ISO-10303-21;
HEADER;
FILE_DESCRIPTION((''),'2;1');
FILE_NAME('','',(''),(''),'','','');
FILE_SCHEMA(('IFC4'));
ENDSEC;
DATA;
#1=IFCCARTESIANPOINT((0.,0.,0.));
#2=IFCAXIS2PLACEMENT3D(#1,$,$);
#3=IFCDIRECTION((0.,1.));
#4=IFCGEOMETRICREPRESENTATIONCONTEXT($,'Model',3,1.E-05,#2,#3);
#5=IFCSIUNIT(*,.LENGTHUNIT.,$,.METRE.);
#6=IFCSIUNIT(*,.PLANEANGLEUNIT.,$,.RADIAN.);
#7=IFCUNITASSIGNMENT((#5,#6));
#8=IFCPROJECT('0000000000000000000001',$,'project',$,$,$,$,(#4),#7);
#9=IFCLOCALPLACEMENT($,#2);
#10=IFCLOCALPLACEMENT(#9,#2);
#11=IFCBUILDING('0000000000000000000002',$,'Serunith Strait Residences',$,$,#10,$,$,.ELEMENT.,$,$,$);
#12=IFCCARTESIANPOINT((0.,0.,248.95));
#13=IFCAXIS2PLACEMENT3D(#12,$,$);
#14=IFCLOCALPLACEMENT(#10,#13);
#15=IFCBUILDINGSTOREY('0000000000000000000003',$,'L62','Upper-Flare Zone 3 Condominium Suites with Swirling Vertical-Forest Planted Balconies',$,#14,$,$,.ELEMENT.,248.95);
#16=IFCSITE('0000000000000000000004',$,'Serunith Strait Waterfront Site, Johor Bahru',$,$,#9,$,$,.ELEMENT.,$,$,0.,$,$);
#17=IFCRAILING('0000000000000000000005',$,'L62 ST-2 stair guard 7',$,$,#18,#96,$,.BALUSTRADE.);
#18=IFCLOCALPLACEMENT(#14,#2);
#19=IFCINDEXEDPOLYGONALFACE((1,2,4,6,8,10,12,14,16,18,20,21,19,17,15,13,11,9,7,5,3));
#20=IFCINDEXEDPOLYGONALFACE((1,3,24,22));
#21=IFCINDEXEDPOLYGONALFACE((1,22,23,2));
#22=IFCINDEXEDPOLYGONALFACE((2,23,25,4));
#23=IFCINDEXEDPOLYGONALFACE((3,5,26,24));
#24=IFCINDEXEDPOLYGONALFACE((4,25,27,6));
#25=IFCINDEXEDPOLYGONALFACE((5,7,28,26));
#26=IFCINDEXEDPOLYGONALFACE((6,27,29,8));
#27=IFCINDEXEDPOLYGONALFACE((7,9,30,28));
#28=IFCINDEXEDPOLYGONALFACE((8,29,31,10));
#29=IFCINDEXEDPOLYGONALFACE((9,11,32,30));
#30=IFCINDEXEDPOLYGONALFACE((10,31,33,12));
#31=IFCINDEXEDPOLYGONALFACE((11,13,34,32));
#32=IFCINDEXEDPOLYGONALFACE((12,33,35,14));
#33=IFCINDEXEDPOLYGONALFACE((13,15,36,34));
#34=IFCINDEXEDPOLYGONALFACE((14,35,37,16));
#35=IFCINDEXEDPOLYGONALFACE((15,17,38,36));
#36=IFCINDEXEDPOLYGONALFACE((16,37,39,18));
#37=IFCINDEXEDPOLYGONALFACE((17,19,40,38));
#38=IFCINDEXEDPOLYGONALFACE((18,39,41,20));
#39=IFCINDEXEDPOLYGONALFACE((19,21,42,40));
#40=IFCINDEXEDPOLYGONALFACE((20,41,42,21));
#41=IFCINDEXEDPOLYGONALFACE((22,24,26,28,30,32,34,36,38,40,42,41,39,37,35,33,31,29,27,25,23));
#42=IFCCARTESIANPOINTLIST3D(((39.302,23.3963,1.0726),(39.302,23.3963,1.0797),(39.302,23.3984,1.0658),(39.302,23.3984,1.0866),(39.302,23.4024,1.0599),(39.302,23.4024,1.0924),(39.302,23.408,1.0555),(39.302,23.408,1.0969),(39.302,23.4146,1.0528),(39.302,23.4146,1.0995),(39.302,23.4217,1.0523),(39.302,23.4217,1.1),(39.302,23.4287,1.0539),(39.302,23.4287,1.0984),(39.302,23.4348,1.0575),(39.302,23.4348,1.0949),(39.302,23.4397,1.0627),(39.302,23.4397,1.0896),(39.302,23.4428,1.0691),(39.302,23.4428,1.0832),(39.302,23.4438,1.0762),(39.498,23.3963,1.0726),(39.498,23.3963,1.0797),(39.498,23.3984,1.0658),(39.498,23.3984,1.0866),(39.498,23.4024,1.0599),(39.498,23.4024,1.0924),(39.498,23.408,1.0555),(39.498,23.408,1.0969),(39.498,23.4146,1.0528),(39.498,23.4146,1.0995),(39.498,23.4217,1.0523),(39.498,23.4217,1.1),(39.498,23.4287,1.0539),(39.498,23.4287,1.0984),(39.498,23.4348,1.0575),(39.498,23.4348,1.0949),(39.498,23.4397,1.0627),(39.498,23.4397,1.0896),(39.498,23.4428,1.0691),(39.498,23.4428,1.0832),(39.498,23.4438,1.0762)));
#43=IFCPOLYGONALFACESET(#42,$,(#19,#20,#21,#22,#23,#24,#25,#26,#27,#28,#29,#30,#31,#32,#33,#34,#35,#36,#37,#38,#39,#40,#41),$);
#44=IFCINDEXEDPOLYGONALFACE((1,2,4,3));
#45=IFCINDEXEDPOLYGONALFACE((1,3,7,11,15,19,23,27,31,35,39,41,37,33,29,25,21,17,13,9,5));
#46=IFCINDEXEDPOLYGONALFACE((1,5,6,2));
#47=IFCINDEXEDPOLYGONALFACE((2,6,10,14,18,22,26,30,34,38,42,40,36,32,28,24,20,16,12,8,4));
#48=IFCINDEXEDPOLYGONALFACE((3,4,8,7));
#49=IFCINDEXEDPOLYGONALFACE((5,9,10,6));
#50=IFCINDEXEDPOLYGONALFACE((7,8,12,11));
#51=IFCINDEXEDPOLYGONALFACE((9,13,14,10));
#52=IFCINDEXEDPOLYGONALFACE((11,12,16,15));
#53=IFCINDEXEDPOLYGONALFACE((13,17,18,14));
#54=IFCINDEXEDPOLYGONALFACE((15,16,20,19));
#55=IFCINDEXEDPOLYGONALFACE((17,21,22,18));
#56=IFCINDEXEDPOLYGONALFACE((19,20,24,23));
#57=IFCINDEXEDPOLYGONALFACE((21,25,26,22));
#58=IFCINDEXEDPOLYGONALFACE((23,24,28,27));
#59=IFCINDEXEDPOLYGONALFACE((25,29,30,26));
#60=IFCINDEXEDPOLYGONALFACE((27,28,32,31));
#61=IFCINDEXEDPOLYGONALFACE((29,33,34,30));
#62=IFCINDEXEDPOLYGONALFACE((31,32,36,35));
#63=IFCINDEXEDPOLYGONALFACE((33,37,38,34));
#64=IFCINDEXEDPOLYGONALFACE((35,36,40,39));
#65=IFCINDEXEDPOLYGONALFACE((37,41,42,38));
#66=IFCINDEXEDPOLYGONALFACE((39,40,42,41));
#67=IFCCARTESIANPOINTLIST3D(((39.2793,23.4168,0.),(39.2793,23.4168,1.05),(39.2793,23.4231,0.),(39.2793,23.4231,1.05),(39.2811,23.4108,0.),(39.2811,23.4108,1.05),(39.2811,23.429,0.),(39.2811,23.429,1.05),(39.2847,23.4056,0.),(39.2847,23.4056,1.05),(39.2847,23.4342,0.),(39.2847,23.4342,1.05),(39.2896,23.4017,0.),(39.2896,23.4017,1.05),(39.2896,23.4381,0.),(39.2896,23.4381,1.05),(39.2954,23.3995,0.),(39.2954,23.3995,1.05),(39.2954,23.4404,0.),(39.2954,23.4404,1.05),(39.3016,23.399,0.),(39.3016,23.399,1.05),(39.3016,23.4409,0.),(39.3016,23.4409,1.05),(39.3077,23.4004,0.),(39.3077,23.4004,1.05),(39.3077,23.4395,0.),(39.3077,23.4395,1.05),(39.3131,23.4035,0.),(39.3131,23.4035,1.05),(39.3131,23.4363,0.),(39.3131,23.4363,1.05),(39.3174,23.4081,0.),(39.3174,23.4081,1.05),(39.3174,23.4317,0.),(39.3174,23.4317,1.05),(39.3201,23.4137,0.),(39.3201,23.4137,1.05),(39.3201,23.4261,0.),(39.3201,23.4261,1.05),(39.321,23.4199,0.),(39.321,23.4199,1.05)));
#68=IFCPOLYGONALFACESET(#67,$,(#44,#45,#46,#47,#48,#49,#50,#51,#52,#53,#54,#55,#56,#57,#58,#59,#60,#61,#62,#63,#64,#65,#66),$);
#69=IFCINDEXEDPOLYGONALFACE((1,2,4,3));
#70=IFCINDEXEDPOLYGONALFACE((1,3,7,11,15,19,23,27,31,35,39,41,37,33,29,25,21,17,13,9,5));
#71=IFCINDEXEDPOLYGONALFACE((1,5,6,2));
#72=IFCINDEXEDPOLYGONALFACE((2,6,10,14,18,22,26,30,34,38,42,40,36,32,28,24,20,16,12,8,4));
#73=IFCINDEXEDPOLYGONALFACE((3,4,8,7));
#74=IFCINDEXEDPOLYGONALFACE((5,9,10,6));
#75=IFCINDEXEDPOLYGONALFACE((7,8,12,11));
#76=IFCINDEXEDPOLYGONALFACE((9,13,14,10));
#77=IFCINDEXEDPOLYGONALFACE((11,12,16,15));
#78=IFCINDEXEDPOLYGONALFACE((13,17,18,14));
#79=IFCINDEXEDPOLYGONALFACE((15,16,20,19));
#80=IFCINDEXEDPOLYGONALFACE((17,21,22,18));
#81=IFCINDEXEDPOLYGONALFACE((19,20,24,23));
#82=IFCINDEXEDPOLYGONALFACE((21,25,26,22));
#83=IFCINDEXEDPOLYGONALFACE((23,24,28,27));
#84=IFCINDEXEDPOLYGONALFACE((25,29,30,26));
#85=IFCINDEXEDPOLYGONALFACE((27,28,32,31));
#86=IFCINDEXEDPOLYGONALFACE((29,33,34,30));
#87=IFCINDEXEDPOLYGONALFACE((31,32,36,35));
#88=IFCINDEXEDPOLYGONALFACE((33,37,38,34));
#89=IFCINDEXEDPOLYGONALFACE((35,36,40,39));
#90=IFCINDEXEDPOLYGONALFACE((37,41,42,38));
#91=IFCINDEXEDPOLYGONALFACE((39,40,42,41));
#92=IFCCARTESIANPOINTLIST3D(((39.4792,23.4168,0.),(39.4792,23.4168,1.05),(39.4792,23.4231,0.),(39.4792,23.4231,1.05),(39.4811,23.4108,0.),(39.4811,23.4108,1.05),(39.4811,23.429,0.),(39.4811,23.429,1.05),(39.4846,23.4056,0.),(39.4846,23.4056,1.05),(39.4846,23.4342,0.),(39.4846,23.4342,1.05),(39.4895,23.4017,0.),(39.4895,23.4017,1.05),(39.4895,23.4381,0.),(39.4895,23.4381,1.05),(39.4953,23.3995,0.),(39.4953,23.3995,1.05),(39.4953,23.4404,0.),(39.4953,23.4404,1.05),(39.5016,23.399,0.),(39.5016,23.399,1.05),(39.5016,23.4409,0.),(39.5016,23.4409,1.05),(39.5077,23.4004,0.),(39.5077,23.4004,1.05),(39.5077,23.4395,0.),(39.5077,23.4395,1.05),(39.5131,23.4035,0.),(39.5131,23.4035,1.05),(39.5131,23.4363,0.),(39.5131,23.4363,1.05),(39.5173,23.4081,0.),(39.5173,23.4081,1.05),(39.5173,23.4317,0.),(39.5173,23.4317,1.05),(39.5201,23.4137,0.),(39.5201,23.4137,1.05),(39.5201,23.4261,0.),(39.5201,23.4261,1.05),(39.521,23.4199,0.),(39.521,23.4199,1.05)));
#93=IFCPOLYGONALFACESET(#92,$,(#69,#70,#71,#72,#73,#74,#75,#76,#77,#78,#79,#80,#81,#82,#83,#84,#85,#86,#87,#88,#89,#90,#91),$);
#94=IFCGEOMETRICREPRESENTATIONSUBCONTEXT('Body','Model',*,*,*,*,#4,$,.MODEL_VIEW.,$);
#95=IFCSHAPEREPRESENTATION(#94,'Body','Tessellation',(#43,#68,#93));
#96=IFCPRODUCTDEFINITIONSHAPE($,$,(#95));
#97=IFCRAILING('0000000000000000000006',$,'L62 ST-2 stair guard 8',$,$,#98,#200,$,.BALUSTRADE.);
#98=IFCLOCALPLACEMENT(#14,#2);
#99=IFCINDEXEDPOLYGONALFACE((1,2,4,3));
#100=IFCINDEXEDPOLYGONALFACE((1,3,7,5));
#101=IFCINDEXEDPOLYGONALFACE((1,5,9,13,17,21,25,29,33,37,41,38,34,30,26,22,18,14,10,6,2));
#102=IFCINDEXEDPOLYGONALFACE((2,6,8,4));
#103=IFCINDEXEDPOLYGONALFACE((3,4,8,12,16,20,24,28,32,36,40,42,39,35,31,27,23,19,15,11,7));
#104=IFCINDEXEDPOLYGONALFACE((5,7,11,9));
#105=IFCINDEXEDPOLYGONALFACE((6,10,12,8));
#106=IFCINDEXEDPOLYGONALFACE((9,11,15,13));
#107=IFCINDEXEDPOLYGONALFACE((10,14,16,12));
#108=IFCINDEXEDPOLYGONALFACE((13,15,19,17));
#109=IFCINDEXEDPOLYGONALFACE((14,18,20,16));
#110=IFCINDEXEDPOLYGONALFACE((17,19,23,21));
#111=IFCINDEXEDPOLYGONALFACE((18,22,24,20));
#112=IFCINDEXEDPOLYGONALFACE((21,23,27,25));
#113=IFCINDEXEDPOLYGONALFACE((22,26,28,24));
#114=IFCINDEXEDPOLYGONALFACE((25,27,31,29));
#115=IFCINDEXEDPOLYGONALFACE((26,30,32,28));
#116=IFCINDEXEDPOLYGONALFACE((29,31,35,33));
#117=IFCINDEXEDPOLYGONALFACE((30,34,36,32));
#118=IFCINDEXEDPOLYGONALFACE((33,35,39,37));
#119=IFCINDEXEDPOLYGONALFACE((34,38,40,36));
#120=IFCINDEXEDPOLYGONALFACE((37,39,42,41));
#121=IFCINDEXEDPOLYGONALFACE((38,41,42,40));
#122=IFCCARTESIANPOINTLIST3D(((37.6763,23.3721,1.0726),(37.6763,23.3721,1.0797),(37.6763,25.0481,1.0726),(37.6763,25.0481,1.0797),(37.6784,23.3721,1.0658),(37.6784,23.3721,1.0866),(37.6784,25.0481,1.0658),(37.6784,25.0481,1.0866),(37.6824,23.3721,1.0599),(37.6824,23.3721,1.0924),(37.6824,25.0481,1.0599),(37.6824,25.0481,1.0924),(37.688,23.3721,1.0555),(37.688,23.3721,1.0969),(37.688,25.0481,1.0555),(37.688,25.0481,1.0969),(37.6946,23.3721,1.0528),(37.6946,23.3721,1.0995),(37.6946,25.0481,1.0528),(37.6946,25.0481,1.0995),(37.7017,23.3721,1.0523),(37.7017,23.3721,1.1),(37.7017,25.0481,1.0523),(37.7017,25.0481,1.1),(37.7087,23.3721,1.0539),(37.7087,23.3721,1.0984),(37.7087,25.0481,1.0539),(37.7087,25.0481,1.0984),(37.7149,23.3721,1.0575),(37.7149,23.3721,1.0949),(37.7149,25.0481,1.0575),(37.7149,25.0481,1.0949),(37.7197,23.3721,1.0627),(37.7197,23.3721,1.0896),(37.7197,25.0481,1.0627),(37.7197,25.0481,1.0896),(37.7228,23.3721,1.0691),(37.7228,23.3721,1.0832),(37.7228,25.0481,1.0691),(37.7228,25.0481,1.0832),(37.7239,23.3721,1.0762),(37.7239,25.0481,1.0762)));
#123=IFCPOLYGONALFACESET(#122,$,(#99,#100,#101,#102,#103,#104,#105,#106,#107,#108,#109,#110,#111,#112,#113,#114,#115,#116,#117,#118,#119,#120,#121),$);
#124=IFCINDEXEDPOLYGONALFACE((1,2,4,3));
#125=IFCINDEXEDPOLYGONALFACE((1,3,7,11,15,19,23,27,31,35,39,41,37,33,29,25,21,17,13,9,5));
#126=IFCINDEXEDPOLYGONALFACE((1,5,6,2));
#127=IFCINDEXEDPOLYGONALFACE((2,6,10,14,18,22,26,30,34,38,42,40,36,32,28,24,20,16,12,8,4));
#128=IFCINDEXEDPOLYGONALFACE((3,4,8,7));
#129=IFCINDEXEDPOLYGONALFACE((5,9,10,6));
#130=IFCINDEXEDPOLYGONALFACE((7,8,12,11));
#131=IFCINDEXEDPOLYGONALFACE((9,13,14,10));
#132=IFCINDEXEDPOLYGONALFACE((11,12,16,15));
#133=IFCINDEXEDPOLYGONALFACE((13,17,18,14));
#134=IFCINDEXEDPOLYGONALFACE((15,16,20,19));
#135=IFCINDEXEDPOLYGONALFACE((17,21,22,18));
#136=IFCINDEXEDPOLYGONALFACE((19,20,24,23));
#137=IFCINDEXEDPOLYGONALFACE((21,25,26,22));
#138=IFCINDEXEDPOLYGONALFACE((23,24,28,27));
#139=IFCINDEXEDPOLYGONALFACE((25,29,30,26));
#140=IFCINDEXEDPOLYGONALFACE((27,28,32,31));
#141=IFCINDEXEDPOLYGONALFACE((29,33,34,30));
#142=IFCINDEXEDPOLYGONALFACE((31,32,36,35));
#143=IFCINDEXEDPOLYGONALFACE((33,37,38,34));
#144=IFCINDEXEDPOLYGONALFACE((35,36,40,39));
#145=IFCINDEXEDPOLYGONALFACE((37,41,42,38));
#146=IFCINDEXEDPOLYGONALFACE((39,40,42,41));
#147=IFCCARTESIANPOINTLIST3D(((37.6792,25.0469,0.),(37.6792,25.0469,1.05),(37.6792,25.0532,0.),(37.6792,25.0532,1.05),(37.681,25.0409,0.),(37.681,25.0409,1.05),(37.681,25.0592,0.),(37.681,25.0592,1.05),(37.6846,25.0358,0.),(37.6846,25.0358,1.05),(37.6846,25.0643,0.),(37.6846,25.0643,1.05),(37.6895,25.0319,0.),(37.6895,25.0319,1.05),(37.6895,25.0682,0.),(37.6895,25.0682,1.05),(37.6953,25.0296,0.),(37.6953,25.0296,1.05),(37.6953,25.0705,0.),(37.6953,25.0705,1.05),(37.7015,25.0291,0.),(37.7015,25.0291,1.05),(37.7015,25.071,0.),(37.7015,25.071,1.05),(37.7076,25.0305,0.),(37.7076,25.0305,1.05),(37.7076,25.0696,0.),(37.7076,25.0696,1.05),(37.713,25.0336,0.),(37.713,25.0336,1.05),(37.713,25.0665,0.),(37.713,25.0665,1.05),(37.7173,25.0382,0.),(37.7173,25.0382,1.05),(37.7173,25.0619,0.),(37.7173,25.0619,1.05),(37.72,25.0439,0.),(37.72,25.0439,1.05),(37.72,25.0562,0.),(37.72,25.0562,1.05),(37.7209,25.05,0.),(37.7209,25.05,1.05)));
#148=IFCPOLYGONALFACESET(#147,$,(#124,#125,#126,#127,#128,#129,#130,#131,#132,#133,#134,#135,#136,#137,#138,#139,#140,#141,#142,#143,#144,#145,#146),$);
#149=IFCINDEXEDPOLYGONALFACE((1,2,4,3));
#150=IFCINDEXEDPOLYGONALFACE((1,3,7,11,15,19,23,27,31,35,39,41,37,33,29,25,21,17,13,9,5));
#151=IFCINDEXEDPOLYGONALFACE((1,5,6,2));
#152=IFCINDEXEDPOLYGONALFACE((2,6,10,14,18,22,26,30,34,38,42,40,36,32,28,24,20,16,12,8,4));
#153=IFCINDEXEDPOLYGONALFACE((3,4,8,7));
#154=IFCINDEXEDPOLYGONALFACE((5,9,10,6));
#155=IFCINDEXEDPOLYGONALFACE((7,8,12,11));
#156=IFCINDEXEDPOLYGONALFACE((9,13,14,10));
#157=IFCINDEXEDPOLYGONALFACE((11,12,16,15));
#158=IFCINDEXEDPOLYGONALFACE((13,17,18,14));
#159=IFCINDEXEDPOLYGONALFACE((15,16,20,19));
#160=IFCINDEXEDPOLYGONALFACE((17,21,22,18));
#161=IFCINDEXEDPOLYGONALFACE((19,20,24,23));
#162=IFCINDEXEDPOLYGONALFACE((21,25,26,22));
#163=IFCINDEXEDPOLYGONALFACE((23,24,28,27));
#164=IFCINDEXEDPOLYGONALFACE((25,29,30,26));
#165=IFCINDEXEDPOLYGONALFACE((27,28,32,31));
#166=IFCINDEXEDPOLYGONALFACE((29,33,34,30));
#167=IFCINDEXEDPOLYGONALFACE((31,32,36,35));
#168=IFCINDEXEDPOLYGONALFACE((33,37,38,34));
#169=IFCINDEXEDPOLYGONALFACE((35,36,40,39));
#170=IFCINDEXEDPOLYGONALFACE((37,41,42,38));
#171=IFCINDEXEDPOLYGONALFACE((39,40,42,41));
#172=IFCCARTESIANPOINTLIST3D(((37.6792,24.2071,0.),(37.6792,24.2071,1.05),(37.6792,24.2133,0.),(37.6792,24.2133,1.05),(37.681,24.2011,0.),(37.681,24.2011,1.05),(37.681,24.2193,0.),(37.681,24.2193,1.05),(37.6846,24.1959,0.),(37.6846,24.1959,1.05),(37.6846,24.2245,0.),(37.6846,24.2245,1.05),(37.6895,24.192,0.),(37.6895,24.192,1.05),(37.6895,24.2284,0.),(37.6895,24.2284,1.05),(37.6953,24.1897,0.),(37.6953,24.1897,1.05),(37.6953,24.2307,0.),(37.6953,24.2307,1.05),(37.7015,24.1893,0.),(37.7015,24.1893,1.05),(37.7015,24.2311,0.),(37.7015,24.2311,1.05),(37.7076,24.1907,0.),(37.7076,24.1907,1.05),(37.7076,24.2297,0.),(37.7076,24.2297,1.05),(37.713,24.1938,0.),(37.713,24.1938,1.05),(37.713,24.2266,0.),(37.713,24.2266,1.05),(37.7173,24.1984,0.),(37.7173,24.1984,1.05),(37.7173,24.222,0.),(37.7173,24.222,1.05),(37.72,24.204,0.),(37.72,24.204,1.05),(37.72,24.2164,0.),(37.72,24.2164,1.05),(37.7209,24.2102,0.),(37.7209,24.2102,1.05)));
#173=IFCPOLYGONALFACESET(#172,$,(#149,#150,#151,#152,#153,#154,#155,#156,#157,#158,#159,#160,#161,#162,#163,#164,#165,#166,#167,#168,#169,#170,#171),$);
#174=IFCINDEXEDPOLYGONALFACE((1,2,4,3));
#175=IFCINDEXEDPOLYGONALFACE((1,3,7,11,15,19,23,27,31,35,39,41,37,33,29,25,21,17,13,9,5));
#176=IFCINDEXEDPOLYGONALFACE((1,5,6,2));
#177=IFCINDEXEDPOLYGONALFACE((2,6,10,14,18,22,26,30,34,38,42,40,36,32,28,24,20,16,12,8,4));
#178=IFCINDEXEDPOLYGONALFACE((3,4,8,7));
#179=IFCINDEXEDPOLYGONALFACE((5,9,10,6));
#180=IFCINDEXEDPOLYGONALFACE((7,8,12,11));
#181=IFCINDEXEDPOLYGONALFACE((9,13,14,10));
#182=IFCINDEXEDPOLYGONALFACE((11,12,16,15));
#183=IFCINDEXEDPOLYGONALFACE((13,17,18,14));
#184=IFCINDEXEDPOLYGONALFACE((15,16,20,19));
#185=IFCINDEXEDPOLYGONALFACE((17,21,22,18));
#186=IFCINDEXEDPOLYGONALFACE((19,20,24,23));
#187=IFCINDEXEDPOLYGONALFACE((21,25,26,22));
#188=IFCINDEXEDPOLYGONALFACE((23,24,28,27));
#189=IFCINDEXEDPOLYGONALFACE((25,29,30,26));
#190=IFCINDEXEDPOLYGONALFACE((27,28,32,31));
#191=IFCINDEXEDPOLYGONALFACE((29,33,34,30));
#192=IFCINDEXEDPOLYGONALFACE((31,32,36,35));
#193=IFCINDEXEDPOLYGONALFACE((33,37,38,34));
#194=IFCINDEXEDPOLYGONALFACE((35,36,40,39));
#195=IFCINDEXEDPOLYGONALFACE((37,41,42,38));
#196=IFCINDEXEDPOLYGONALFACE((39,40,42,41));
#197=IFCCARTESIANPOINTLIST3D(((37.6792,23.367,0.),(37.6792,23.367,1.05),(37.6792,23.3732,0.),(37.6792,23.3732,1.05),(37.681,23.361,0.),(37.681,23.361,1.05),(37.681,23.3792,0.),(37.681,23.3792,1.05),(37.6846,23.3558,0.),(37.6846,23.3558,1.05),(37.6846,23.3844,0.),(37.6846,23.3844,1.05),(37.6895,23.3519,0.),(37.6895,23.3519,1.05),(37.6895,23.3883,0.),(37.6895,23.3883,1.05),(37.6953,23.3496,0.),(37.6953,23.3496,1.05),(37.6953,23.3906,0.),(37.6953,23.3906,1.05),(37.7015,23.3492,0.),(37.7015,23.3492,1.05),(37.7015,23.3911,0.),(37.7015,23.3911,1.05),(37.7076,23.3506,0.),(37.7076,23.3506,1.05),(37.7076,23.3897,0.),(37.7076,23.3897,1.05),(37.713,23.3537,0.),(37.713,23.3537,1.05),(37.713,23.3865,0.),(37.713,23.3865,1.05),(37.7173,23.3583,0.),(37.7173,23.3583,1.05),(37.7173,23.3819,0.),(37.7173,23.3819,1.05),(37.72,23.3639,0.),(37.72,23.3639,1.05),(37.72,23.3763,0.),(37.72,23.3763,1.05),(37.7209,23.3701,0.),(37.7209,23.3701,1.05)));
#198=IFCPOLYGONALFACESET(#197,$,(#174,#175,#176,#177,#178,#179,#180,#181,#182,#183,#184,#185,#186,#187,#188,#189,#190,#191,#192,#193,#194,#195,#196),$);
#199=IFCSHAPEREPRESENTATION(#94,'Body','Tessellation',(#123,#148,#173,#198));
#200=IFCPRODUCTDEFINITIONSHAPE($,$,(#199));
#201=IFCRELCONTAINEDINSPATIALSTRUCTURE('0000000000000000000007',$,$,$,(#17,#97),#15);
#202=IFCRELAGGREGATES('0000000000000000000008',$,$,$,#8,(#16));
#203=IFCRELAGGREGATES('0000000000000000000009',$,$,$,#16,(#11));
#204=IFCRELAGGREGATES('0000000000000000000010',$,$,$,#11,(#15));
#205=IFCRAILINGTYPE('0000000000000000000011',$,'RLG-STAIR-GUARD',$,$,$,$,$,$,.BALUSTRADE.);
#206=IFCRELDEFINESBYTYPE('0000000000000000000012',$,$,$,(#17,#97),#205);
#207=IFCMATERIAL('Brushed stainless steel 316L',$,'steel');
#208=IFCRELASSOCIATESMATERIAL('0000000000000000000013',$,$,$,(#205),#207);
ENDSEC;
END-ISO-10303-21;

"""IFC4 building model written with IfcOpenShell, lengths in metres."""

from ifc_helpers import new_model, si_unit, direction, frame, origin, origin_2d, place, context, subcontext, project, spatial, circle, extrude, material, type_object, element, save


model = new_model("IFC4")

# Units and contexts
model_context = context("Model", 3, precision=1e-05, world=origin(), true_north=direction((0.0, 1.0)))
body_context = subcontext(model_context, "Body", "Model", "MODEL_VIEW")
ifc_project = project(units=[si_unit("LENGTHUNIT", "METRE"), si_unit("PLANEANGLEUNIT", "RADIAN")], contexts=[model_context])

# Site, building, storey
site_placement = place(None, origin())
site = spatial("IfcSite", under=ifc_project, at=site_placement, Name="Serunith Strait Waterfront Site, Johor Bahru", CompositionType="ELEMENT", RefElevation=0.0)
building_placement = place(site_placement, origin())
building = spatial("IfcBuilding", under=site, at=building_placement, Name="Serunith Strait Residences", CompositionType="ELEMENT")
storey_placement = place(building_placement, frame((0.0, 0.0, 248.95)))
storey = spatial("IfcBuildingStorey", under=building, at=storey_placement, Name="L62", Description="Upper-Flare Zone 3 Condominium Suites with Swirling Vertical-Forest Planted Balconies", CompositionType="ELEMENT", Elevation=248.95)

# Railings
ifc_material_1 = material(Name="Brushed stainless steel 316L", Category="steel")
railing_type_1 = type_object("IfcRailingType", Name="RLG-STAIR-GUARD", PredefinedType="BALUSTRADE", material=ifc_material_1)
railing_1_placement = place(storey_placement, frame((39.3, 23.4199, 0.0)))
element("IfcRailing", 1, at=railing_1_placement, inside=storey, type_object=railing_type_1, Name="L62 ST-2 stair guard 7", PredefinedType="BALUSTRADE", context=body_context, shape_type="SweptSolid", body=[
    extrude(circle(Radius=0.0239, at=origin_2d()), frame((0.002, 0.0, 1.0762), z_axis=(1.0, 0.0, 0.0), x_axis=(0.0, 1.0, 0.0)), (0.0, 0.0, 1.0), 0.196),
    extrude(circle(Radius=0.021, at=origin_2d()), origin(), (0.0, 0.0, 1.0), 1.05),
    extrude(circle(Radius=0.021, at=origin_2d()), frame((0.2, 0.0, 0.0)), (0.0, 0.0, 1.0), 1.05),
])
for number, where, name in (
    (2, (37.7, 25.05, 0.0), "L62 ST-2 stair guard 8"),
):
    element("IfcRailing", number, at=place(storey_placement, frame(where)), inside=storey, type_object=railing_type_1, Name=name, PredefinedType="BALUSTRADE", context=body_context, shape_type="SweptSolid", body=[
        extrude(circle(Radius=0.0239, at=origin_2d()), frame((0.0, -0.002, 1.0762), z_axis=(0.0, -1.0, 0.0), x_axis=(1.0, 0.0, 0.0)), (0.0, 0.0, 1.0), 1.676),
        extrude(circle(Radius=0.021, at=origin_2d()), origin(), (0.0, 0.0, 1.0), 1.05),
        extrude(circle(Radius=0.021, at=origin_2d()), frame((0.0, -0.8398, 0.0)), (0.0, 0.0, 1.0), 1.05),
        extrude(circle(Radius=0.021, at=origin_2d()), frame((0.0, -1.6799, 0.0)), (0.0, 0.0, 1.0), 1.05),
    ])

save(model, "model.ifc")
